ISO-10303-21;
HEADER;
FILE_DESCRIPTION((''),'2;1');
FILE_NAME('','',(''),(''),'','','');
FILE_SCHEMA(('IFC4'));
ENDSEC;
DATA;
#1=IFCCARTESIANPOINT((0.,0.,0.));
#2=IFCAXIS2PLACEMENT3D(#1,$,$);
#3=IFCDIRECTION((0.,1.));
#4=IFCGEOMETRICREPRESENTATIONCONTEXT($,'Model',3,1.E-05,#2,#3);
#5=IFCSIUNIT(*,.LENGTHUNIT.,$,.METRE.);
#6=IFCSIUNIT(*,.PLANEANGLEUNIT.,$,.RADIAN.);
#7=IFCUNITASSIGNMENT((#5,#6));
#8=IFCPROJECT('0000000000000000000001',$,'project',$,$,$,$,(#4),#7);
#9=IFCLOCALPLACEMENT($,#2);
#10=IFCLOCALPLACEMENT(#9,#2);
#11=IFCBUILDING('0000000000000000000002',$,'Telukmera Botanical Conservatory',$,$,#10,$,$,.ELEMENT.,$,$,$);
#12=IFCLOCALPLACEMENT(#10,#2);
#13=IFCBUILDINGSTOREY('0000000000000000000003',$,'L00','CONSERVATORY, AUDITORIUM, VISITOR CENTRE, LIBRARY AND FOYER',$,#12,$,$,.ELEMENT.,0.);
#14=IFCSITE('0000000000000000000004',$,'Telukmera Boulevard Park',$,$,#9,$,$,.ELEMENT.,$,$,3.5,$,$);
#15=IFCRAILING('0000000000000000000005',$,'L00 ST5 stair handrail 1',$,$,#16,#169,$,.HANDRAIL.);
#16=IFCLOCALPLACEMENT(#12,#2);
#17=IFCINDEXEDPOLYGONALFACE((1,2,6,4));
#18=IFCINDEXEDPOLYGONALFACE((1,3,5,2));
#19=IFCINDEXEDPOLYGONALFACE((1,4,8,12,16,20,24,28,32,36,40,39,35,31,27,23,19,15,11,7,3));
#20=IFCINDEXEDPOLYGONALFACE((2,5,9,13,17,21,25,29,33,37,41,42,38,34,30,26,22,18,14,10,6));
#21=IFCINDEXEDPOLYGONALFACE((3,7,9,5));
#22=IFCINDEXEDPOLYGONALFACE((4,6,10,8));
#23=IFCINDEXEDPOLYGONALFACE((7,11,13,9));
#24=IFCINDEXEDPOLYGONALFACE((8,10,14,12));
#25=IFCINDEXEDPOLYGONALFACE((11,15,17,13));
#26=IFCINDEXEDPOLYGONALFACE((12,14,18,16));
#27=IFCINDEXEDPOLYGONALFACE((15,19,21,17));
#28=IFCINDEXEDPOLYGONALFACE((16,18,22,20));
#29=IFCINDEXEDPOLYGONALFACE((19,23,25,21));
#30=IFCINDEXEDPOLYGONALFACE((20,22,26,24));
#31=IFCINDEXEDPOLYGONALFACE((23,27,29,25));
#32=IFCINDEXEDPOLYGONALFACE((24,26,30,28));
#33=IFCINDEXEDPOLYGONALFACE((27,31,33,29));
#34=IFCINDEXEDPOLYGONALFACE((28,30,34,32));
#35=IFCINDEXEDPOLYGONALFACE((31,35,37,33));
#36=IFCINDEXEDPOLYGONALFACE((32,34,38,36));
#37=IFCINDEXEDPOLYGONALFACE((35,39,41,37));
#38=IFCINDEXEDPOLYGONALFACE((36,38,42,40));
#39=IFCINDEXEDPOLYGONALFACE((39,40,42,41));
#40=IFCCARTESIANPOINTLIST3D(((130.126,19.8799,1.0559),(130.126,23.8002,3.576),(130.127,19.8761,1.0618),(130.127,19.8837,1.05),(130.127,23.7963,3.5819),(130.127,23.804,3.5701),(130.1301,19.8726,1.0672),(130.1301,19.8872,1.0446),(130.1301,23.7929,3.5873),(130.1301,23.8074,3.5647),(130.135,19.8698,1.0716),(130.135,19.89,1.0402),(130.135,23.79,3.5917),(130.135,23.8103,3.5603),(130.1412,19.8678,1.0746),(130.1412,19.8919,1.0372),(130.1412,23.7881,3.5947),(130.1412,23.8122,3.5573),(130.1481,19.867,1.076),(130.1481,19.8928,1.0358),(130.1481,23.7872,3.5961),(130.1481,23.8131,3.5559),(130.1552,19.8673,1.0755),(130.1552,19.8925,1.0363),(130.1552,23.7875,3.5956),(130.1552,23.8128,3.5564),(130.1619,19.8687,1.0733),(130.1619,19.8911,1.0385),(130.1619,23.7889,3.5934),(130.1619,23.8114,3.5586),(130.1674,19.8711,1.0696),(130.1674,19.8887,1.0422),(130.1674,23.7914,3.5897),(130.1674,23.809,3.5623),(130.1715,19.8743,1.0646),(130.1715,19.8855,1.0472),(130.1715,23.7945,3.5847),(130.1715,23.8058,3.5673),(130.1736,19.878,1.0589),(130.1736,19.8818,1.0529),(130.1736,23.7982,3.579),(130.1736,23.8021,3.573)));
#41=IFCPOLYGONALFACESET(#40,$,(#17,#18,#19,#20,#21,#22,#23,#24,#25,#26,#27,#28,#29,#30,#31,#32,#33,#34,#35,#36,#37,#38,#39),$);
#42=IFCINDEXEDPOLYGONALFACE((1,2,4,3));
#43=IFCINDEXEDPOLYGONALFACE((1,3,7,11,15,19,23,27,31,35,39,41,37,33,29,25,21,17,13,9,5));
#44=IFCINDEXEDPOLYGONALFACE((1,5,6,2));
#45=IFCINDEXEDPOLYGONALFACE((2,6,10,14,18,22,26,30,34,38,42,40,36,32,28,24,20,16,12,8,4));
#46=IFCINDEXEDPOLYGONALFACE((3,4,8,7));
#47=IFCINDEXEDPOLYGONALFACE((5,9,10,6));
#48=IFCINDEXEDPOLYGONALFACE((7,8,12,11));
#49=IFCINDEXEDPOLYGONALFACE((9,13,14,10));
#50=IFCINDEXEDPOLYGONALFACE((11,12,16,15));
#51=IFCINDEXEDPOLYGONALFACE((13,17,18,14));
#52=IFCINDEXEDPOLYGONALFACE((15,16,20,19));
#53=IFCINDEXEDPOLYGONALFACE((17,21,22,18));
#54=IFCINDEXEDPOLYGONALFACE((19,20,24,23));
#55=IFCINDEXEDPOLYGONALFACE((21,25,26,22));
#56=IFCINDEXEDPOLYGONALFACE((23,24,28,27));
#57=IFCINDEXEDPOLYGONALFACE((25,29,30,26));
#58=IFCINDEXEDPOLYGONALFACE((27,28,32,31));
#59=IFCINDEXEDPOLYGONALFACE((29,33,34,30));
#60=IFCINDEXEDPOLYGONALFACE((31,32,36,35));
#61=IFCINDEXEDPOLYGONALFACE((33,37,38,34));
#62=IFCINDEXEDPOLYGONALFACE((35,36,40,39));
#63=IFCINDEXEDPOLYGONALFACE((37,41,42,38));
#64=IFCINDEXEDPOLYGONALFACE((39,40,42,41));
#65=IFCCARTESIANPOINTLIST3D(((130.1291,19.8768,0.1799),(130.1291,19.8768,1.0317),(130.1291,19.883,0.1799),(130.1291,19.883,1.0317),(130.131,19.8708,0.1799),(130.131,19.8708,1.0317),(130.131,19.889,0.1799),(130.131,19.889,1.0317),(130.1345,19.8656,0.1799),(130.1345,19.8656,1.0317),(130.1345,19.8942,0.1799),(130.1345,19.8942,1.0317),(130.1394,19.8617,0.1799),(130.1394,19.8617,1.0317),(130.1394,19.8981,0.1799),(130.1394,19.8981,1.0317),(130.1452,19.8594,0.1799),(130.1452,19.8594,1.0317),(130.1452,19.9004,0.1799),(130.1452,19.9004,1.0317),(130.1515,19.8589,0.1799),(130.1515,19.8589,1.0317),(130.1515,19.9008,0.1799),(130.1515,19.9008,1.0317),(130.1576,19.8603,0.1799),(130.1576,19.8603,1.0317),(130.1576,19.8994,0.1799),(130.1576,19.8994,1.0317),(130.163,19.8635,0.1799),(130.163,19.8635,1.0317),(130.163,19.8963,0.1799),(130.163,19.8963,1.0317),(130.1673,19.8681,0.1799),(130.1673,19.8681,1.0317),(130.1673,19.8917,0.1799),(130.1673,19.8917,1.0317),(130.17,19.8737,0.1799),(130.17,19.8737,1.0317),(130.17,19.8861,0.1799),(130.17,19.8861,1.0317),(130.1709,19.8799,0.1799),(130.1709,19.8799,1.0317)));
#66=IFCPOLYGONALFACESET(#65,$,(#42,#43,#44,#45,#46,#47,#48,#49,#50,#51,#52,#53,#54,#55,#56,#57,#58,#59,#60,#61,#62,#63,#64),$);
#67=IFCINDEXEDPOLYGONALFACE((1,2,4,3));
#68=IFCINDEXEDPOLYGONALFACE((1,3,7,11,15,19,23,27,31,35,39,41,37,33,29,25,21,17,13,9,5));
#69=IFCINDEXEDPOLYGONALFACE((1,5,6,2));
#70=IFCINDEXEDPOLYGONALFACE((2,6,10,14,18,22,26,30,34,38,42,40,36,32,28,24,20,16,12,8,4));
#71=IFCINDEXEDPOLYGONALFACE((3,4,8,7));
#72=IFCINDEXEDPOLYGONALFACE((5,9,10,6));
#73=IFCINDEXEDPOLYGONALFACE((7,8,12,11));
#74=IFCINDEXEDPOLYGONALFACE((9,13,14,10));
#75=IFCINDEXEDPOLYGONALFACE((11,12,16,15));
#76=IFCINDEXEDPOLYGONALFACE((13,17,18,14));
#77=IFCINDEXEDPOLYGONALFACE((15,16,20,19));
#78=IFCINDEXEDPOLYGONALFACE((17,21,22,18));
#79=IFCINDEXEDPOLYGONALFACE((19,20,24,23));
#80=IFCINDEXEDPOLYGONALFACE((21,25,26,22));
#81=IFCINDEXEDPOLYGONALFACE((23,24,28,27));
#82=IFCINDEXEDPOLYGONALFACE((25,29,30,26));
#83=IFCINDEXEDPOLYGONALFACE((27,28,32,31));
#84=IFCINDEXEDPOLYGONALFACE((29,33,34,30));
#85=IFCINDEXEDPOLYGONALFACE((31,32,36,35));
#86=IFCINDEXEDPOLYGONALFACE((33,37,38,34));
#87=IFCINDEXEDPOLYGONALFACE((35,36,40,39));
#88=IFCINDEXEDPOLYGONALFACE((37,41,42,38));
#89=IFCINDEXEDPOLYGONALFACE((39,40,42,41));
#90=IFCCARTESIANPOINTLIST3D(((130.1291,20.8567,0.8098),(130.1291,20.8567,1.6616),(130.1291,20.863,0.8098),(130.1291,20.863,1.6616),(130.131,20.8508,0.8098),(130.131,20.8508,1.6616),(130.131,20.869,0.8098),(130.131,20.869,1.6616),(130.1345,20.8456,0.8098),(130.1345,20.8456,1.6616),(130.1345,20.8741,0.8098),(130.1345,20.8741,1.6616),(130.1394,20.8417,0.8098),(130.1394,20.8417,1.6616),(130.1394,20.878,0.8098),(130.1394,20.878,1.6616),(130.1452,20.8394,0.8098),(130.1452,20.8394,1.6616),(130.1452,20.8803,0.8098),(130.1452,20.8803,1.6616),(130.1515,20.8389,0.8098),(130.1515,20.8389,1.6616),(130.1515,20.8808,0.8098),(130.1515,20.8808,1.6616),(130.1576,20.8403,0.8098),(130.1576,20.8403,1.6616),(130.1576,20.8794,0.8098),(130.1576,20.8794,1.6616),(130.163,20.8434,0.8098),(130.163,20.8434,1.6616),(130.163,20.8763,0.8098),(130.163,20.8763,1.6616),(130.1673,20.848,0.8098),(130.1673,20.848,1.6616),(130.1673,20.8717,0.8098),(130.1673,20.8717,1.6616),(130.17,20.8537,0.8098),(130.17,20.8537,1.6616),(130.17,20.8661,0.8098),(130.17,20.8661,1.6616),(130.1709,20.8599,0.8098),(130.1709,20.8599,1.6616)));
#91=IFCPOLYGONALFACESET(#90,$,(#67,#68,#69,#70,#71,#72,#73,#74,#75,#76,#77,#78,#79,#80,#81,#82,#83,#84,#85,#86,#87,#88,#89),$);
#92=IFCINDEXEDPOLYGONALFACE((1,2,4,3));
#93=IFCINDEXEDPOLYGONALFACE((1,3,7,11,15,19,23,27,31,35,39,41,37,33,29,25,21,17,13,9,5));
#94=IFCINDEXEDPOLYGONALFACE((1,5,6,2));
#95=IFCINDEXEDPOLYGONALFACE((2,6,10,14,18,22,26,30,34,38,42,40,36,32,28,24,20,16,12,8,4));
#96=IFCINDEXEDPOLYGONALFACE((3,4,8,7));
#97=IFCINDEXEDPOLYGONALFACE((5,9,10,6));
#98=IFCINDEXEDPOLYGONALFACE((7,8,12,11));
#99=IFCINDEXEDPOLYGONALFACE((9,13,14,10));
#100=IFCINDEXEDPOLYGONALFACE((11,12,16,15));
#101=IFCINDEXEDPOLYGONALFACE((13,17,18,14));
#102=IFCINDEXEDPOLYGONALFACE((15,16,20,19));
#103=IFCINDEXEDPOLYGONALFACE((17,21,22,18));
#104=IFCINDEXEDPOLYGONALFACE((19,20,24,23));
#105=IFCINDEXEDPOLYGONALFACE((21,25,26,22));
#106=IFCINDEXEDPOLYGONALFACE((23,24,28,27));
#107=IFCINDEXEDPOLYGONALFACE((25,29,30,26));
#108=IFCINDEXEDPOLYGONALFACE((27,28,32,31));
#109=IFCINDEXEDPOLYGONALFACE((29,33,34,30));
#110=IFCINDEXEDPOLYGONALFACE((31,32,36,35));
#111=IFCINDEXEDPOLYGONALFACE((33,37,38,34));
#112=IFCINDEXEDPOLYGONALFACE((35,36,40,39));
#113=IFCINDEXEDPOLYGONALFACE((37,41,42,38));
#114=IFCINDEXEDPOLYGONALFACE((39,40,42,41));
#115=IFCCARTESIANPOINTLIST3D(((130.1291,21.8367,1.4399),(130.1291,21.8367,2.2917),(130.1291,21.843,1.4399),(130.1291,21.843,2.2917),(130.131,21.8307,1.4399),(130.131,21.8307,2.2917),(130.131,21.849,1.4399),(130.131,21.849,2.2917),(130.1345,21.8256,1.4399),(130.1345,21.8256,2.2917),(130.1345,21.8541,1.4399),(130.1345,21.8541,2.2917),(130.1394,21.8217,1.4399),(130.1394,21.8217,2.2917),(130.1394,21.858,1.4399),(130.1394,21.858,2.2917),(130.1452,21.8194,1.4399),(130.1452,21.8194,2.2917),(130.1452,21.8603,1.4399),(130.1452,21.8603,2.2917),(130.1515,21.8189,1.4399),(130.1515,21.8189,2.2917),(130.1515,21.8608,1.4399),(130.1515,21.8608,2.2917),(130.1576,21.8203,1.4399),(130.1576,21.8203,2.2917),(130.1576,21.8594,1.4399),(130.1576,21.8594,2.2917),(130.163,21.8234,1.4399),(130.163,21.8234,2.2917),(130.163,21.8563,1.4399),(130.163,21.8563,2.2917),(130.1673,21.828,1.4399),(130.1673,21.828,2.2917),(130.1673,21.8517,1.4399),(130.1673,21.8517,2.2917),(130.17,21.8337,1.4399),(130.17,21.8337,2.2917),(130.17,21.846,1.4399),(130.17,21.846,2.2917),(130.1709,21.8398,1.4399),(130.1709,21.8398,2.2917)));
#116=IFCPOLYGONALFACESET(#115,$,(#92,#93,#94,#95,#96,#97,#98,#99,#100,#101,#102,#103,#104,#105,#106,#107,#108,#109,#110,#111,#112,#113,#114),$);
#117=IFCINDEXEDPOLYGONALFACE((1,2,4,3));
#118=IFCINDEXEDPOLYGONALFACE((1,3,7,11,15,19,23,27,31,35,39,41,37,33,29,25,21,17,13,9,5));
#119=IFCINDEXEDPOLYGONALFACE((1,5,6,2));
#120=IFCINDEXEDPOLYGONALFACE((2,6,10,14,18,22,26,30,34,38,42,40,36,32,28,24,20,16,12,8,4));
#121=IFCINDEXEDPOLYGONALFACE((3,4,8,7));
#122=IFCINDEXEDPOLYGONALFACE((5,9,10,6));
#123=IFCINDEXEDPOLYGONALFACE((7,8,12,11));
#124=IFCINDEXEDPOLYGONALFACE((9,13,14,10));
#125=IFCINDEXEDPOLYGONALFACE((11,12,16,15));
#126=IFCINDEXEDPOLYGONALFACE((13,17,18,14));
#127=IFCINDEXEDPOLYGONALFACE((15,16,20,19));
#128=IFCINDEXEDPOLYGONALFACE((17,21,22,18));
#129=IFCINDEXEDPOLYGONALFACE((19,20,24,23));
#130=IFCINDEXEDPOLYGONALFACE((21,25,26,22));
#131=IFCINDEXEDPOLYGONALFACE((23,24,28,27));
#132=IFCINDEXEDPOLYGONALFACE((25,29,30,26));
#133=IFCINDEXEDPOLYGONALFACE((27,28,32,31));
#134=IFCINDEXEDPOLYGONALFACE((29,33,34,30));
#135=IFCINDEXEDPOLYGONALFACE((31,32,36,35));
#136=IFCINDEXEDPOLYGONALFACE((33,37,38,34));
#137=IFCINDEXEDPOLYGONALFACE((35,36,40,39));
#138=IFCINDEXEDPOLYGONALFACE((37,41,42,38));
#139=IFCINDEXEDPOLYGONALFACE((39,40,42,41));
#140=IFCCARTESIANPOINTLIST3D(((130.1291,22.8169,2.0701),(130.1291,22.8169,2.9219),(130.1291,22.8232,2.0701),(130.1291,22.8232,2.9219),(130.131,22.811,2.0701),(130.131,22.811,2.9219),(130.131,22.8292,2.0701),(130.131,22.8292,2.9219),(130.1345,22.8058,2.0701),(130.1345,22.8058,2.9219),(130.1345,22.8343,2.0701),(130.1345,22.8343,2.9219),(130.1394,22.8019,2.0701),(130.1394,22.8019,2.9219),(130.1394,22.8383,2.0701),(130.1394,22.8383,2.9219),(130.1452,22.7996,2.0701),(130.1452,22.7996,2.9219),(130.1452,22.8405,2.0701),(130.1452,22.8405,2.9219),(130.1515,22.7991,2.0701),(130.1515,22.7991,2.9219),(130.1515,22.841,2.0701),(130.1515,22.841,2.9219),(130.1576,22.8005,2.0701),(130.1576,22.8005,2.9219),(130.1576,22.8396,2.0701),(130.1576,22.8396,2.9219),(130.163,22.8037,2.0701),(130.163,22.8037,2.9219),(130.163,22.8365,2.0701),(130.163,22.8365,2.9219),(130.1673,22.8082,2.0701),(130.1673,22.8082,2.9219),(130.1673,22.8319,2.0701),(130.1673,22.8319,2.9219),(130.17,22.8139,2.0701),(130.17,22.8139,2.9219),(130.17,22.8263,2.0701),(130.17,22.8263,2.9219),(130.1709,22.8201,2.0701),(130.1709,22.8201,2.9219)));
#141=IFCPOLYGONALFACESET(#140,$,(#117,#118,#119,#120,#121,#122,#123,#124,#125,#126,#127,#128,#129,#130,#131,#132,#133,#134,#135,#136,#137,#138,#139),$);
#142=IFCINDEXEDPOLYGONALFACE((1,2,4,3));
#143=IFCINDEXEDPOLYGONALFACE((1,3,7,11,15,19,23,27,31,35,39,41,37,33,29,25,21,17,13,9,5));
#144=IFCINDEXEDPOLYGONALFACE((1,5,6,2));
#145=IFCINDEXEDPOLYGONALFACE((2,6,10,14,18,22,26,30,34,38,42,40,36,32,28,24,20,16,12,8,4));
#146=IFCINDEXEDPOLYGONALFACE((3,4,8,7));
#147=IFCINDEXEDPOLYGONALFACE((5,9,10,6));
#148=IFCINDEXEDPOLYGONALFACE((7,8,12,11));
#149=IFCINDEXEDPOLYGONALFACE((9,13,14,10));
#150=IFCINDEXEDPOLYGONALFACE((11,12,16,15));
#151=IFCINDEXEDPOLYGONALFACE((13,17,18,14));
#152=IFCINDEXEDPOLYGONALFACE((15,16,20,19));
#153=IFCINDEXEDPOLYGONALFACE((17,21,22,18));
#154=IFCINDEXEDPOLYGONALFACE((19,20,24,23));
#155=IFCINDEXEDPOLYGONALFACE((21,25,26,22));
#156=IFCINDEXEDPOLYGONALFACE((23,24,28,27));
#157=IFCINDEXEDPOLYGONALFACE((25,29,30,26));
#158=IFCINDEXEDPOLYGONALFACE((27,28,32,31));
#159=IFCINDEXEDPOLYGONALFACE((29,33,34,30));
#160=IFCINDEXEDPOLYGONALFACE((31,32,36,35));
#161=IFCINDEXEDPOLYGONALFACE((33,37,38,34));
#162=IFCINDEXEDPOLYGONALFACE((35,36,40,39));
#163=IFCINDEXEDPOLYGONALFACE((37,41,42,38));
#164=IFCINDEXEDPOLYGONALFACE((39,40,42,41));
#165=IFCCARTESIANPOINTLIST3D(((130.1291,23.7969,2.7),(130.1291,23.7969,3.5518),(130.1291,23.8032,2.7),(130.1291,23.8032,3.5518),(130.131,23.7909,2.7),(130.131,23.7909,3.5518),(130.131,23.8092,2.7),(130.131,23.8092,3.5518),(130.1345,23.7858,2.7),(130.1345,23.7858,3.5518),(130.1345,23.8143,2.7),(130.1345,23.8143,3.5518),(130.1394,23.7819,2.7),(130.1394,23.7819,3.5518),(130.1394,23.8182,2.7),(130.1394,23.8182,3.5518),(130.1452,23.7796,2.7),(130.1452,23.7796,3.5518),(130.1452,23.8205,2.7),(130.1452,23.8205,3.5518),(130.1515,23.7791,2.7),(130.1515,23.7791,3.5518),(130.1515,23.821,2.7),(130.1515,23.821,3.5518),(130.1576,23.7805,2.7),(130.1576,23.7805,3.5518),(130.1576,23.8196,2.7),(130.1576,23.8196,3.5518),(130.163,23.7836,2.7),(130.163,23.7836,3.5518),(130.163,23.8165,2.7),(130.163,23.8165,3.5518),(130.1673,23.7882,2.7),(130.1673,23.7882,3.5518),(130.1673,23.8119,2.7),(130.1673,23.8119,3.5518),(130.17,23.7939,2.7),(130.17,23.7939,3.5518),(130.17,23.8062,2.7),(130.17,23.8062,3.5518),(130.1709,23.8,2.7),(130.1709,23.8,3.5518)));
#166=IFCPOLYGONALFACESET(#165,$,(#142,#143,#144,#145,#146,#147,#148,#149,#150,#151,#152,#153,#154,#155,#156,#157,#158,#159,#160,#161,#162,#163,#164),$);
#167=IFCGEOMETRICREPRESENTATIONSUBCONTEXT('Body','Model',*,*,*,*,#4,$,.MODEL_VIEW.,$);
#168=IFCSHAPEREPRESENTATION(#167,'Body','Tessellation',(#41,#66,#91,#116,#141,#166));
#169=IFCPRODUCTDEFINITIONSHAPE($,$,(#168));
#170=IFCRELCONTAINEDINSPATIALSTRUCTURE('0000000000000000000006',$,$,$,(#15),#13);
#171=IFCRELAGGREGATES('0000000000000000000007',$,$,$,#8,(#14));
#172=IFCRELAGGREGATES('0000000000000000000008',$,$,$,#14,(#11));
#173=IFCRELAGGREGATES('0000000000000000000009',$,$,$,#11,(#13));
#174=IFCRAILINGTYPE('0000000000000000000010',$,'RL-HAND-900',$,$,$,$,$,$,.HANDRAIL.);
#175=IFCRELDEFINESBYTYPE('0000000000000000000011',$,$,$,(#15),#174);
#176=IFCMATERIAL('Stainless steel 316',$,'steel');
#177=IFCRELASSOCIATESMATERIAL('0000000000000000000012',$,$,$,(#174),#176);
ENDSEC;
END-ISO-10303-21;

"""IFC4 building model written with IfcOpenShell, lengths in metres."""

from ifc_helpers import new_model, si_unit, direction, frame, origin, origin_2d, place, context, subcontext, project, spatial, circle, extrude, material, type_object, element, save


model = new_model("IFC4")

# Units and contexts
model_context = context("Model", 3, precision=1e-05, world=origin(), true_north=direction((0.0, 1.0)))
body_context = subcontext(model_context, "Body", "Model", "MODEL_VIEW")
ifc_project = project(units=[si_unit("LENGTHUNIT", "METRE"), si_unit("PLANEANGLEUNIT", "RADIAN")], contexts=[model_context])

# Site, building, storey
site_placement = place(None, origin())
site = spatial("IfcSite", under=ifc_project, at=site_placement, Name="Telukmera Boulevard Park", CompositionType="ELEMENT", RefElevation=3.5)
building_placement = place(site_placement, origin())
building = spatial("IfcBuilding", under=site, at=building_placement, Name="Telukmera Botanical Conservatory", CompositionType="ELEMENT")
storey_placement = place(building_placement, origin())
storey = spatial("IfcBuildingStorey", under=building, at=storey_placement, Name="L00", Description="CONSERVATORY, AUDITORIUM, VISITOR CENTRE, LIBRARY AND FOYER", CompositionType="ELEMENT", Elevation=0.0)

# Railing
ifc_material_1 = material(Name="Stainless steel 316", Category="steel")
railing_type_1 = type_object("IfcRailingType", Name="RL-HAND-900", PredefinedType="HANDRAIL", material=ifc_material_1)
railing_1_placement = place(storey_placement, frame((130.1499, 19.8799, 0.1799)))
element("IfcRailing", 1, at=railing_1_placement, inside=storey, type_object=railing_type_1, Name="L00 ST5 stair handrail 1", PredefinedType="HANDRAIL", context=body_context, shape_type="SweptSolid", body=[
    extrude(circle(Radius=0.0239, at=origin_2d()), frame((0.0, 0.0, 0.876), z_axis=(0.0, 0.841187, 0.540744), x_axis=(-1.0, 0.0, 0.0)), (0.0, 0.0, 1.0), 4.6604),
    extrude(circle(Radius=0.021, at=origin_2d()), origin(), (0.0, 0.0, 1.0), 0.8518),
    extrude(circle(Radius=0.021, at=origin_2d()), frame((0.0, 0.98, 0.6299)), (0.0, 0.0, 1.0), 0.8518),
    extrude(circle(Radius=0.021, at=origin_2d()), frame((0.0, 1.96, 1.26)), (0.0, 0.0, 1.0), 0.8518),
    extrude(circle(Radius=0.021, at=origin_2d()), frame((0.0, 2.9402, 1.8901)), (0.0, 0.0, 1.0), 0.8518),
    extrude(circle(Radius=0.021, at=origin_2d()), frame((0.0, 3.9202, 2.52)), (0.0, 0.0, 1.0), 0.8518),
])

save(model, "model.ifc")
